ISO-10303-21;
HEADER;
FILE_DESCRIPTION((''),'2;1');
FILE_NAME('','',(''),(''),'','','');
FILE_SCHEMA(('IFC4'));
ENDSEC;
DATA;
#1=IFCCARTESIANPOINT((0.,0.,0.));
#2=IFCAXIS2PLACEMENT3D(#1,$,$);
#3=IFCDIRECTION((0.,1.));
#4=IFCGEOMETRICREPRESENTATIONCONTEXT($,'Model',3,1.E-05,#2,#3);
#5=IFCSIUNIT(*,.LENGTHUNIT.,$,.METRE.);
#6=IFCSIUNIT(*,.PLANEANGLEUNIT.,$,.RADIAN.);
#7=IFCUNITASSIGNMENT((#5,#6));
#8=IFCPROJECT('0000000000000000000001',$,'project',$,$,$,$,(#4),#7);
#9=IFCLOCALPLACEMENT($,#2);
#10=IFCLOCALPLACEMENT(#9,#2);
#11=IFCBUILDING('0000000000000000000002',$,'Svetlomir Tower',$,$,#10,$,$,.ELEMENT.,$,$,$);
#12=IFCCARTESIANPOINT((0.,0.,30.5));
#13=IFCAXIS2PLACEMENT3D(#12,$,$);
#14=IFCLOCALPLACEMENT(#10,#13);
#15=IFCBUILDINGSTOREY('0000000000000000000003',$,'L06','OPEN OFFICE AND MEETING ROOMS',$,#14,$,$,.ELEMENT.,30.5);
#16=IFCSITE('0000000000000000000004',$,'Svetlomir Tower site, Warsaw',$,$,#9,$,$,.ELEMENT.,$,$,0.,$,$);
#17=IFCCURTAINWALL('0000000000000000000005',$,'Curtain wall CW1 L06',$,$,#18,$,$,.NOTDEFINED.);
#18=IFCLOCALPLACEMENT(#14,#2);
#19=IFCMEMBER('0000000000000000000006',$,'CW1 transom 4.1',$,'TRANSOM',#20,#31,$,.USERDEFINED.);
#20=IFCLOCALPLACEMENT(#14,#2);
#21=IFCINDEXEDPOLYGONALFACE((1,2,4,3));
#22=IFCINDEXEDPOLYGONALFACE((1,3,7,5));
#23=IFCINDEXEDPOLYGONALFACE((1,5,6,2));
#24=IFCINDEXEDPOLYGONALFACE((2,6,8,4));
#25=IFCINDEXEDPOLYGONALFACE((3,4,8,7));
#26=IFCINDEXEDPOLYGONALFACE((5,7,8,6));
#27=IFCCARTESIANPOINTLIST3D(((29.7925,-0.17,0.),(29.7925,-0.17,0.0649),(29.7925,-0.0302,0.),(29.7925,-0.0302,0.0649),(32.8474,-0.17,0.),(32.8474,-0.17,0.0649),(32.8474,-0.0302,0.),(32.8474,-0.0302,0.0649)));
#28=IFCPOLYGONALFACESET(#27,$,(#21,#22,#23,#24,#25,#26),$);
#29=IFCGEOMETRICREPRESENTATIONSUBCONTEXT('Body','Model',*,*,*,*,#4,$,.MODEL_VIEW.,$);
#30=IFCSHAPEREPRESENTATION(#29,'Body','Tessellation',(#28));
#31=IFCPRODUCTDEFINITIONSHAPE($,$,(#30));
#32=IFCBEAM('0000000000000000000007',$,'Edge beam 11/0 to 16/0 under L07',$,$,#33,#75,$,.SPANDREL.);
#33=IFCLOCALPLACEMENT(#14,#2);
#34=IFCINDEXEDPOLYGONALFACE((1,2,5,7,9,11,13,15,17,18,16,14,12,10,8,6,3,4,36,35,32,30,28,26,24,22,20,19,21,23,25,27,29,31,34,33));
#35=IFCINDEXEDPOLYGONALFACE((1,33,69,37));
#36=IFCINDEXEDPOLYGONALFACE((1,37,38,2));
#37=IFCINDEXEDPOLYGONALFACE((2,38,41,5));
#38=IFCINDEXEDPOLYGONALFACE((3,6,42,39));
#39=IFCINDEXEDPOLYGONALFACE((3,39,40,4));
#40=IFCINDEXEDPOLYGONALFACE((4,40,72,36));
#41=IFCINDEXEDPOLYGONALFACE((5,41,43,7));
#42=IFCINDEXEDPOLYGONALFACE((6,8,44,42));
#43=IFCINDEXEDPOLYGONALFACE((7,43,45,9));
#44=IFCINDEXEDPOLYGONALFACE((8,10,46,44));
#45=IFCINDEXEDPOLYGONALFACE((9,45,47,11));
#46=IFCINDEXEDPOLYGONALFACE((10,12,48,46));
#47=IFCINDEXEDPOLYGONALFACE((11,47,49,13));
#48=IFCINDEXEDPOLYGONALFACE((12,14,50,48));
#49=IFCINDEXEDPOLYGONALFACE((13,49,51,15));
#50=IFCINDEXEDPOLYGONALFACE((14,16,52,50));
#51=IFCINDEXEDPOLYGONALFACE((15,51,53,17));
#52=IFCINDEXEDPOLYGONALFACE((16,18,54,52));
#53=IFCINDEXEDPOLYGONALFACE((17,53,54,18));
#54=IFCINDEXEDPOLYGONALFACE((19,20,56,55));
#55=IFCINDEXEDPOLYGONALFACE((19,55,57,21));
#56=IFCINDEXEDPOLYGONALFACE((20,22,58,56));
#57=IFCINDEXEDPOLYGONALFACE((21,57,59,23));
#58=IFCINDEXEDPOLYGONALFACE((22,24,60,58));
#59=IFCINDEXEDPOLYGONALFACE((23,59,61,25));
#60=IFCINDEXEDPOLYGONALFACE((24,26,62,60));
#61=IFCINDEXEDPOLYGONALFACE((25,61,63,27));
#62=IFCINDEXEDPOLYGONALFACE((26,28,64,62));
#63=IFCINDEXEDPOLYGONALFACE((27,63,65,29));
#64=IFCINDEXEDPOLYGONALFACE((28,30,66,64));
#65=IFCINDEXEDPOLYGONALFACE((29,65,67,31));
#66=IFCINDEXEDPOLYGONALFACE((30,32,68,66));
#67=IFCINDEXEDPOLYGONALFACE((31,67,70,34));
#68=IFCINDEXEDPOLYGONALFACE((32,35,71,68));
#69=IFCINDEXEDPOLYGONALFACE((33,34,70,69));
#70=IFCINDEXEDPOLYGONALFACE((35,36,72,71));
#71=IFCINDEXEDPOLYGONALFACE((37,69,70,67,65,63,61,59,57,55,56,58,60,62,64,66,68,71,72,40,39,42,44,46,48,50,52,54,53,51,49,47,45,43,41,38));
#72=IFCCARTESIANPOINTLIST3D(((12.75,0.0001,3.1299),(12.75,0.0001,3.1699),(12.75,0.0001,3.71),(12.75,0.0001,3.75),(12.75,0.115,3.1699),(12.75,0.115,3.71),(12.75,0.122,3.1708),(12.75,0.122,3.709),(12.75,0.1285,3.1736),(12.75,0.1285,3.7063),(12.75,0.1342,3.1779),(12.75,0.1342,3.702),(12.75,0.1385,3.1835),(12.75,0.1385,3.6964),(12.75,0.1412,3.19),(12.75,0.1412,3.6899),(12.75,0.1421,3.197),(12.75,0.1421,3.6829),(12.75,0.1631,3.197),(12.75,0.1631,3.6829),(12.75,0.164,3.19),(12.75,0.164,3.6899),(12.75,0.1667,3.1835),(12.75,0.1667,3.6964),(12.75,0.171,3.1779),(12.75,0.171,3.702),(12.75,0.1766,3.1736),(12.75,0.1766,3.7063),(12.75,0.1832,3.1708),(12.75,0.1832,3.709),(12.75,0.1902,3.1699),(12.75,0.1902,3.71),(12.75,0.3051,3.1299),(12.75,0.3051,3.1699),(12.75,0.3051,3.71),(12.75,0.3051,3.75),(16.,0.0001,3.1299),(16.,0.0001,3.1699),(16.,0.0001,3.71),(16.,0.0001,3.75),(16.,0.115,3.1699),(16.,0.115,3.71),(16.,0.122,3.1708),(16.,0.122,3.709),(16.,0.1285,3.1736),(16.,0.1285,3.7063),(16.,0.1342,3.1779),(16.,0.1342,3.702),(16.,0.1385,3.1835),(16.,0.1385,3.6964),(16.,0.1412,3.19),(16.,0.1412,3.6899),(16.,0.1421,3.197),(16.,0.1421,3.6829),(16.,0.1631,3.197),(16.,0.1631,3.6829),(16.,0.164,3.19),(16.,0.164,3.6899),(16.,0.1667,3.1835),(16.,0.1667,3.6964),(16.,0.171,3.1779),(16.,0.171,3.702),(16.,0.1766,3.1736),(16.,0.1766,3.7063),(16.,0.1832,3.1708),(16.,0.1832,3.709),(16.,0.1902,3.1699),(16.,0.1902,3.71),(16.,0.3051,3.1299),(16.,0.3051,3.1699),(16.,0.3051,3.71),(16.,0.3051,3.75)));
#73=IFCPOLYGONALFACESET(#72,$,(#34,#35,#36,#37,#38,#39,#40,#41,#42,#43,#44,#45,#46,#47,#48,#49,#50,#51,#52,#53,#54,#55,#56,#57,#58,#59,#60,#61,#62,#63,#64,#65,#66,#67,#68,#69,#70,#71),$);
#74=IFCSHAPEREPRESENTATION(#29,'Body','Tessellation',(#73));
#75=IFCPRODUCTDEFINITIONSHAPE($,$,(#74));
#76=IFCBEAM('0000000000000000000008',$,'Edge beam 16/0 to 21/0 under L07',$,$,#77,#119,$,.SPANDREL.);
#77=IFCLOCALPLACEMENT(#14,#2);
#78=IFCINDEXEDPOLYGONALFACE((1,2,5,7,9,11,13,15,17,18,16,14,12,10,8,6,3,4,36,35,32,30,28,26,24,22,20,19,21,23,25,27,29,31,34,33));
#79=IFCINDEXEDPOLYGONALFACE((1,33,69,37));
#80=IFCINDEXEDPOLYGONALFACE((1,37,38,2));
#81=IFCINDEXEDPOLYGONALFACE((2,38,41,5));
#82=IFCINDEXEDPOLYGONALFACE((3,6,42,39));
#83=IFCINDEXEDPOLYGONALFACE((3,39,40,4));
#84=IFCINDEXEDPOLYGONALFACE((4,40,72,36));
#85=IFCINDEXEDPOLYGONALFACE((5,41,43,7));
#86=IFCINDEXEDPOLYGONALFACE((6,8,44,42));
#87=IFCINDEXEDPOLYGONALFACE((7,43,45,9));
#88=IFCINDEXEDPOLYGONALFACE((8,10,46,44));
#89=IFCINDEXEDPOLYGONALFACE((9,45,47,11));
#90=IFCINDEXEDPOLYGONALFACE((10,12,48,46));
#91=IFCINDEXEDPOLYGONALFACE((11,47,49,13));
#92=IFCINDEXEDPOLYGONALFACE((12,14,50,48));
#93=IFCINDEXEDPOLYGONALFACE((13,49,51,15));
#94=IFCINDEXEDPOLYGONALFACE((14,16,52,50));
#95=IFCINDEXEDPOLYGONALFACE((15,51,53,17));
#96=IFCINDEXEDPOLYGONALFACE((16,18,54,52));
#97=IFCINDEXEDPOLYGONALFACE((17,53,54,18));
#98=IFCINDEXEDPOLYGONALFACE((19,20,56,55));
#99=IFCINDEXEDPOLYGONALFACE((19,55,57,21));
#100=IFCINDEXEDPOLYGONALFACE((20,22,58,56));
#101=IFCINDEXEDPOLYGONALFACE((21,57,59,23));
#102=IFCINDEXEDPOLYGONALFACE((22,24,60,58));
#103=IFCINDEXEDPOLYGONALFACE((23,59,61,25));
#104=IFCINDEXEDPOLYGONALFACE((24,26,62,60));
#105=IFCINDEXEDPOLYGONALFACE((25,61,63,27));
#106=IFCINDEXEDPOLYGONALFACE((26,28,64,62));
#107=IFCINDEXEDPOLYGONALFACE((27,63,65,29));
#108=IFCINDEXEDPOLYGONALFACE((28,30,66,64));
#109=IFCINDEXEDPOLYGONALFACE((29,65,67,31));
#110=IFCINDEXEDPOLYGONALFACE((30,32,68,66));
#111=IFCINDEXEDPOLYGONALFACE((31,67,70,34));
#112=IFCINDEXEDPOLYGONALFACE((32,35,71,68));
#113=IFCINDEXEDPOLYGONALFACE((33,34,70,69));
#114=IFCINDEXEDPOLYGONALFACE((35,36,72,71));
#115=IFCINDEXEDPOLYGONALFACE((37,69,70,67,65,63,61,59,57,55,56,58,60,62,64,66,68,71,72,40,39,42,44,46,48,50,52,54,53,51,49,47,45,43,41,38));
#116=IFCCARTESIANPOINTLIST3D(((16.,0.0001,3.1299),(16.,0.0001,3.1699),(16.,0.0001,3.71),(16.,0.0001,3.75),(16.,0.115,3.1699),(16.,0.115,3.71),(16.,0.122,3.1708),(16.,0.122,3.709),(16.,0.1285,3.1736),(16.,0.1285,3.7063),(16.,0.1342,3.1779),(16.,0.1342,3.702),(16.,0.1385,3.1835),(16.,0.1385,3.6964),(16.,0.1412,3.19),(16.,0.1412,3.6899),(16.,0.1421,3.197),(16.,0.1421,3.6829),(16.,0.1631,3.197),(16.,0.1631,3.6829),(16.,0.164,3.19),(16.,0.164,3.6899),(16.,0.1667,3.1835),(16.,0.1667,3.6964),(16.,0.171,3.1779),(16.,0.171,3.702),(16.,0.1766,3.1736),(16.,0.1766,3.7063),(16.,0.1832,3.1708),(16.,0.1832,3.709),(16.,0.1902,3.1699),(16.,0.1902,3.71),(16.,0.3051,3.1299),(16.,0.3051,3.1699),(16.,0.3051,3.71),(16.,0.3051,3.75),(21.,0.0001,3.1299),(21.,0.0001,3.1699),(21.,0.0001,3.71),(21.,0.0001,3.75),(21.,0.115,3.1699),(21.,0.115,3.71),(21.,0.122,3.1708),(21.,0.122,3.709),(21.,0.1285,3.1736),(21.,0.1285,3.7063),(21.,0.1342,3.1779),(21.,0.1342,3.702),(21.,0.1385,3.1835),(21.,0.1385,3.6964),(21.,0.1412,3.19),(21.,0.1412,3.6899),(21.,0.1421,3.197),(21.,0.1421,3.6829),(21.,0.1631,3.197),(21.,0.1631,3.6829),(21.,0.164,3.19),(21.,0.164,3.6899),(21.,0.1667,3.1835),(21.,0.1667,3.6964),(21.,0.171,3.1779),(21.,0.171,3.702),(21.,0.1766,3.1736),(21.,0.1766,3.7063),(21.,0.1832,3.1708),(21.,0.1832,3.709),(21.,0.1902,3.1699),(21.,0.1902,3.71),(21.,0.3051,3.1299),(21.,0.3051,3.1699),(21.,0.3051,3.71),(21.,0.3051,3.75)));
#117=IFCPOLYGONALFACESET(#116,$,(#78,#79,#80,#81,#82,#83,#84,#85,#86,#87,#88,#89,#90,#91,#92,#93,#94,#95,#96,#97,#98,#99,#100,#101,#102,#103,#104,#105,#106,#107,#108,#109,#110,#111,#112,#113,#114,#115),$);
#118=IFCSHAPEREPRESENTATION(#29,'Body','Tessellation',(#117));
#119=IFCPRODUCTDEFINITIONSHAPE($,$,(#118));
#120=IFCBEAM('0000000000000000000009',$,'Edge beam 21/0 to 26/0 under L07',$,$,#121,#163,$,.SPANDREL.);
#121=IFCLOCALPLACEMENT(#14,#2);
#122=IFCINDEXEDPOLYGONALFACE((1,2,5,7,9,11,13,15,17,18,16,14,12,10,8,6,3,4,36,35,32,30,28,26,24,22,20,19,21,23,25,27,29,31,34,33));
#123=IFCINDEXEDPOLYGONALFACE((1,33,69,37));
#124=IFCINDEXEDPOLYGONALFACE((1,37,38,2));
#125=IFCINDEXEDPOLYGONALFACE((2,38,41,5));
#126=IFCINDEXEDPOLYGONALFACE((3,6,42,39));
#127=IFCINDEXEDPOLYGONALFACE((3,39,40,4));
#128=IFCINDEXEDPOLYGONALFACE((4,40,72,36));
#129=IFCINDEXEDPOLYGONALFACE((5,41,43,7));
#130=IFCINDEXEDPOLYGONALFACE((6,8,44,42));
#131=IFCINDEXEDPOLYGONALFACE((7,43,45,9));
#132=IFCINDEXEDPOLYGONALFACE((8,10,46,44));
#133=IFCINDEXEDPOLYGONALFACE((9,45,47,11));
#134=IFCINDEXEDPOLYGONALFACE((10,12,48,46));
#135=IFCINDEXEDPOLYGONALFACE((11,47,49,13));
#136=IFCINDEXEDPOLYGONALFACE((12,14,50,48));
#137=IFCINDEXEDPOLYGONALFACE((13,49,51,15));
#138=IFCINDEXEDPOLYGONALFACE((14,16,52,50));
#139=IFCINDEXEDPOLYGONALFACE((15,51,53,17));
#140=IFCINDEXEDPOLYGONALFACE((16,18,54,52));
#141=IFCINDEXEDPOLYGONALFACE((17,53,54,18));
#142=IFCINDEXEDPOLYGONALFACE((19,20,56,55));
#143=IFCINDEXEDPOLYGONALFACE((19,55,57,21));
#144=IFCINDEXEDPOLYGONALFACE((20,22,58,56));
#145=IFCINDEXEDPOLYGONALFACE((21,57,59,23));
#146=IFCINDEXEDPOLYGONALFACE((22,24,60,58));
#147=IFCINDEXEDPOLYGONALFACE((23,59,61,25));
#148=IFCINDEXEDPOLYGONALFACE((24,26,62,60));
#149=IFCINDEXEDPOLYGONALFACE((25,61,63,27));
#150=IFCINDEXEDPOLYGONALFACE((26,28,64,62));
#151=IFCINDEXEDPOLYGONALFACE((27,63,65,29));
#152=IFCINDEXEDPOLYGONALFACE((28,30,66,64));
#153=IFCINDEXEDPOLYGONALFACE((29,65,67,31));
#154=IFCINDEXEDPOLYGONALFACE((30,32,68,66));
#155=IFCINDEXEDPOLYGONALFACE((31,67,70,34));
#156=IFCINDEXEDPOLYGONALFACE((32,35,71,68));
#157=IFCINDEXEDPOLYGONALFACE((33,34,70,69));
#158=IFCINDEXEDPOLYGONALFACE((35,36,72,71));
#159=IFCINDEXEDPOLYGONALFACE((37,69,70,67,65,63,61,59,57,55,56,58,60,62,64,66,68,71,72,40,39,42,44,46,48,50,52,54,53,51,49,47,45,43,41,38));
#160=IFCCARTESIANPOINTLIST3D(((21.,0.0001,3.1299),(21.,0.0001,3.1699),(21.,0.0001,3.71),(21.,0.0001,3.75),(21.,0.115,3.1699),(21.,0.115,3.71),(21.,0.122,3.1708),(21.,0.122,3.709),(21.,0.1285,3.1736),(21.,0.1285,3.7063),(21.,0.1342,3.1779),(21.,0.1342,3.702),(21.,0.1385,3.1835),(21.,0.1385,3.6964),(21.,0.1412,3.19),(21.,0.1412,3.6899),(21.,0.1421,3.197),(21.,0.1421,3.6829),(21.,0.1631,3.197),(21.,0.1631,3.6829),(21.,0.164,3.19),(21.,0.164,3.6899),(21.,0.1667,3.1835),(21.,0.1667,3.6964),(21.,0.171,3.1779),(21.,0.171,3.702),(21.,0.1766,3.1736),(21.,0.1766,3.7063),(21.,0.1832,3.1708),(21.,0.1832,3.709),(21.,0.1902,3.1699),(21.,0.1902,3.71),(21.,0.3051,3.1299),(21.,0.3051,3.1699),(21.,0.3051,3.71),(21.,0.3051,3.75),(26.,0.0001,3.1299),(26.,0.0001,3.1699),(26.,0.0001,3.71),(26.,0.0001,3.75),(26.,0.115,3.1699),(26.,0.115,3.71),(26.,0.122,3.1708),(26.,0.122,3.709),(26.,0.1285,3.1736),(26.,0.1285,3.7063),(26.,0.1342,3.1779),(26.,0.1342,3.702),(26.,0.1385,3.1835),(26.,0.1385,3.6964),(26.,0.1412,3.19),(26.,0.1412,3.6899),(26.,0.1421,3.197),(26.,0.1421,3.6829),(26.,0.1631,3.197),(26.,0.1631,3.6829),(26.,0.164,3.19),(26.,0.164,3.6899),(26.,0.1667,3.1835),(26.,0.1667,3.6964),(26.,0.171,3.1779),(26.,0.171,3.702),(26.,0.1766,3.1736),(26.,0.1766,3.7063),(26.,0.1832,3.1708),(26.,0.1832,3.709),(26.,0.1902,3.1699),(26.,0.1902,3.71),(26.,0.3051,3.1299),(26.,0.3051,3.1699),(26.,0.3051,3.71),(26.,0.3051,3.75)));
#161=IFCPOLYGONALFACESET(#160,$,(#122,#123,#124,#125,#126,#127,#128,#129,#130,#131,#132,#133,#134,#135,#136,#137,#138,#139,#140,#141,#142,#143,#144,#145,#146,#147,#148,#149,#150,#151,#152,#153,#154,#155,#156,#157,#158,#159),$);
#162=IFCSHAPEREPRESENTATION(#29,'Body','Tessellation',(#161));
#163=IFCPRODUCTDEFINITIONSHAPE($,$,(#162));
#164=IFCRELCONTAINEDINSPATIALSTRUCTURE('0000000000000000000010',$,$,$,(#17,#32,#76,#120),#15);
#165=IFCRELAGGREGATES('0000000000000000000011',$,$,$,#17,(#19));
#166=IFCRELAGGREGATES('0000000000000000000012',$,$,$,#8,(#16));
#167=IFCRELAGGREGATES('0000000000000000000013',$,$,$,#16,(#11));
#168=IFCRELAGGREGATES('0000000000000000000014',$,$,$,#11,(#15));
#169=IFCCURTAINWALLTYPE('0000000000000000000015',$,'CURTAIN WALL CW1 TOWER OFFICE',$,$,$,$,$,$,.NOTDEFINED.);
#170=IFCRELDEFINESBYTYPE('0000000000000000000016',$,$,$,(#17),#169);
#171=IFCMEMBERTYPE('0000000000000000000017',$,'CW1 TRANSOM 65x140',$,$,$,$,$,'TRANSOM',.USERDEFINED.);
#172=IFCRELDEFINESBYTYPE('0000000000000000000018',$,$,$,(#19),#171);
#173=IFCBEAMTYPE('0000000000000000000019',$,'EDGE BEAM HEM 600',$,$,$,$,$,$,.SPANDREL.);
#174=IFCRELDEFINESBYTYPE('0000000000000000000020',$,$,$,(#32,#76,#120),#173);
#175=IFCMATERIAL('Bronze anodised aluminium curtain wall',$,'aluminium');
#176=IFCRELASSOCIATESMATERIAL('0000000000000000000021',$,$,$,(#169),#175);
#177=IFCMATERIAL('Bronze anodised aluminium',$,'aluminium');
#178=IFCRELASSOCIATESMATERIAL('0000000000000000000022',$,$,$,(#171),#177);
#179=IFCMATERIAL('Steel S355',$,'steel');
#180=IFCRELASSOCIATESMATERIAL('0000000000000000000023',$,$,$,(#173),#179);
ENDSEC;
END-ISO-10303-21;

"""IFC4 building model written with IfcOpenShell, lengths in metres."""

from ifc_helpers import new_model, si_unit, direction, frame, origin, origin_2d, place, context, subcontext, project, spatial, rectangle, i_section, extrude, material, material_profile, profile_set, type_object, element, aggregate, save


model = new_model("IFC4")

# Units and contexts
model_context = context("Model", 3, precision=1e-05, world=origin(), true_north=direction((0.0, 1.0)))
body_context = subcontext(model_context, "Body", "Model", "MODEL_VIEW")
ifc_project = project(units=[si_unit("LENGTHUNIT", "METRE"), si_unit("PLANEANGLEUNIT", "RADIAN")], contexts=[model_context])

# Site, building, storey
site_placement = place(None, origin())
site = spatial("IfcSite", under=ifc_project, at=site_placement, Name="Svetlomir Tower site, Warsaw", CompositionType="ELEMENT", RefElevation=0.0)
building_placement = place(site_placement, origin())
building = spatial("IfcBuilding", under=site, at=building_placement, Name="Svetlomir Tower", CompositionType="ELEMENT")
storey_placement = place(building_placement, frame((0.0, 0.0, 30.5)))
storey = spatial("IfcBuildingStorey", under=building, at=storey_placement, Name="L06", Description="OPEN OFFICE AND MEETING ROOMS", CompositionType="ELEMENT", Elevation=30.5)

# Curtain wall
ifc_material_1 = material(Name="Bronze anodised aluminium curtain wall", Category="aluminium")
curtain_wall_type = type_object("IfcCurtainWallType", Name="CURTAIN WALL CW1 TOWER OFFICE", PredefinedType="NOTDEFINED", material=ifc_material_1)
curtain_wall_1_placement = place(storey_placement, origin())
curtain_wall_1 = element("IfcCurtainWall", 1, at=curtain_wall_1_placement, inside=storey, type_object=curtain_wall_type, Name="Curtain wall CW1 L06", PredefinedType="NOTDEFINED")

# Member
ifc_material_2 = material(Name="Bronze anodised aluminium", Category="aluminium")
ifc_material_profile_1 = material_profile(ifc_material_2, rectangle(XDim=0.1399, YDim=0.0649, at=origin_2d()), Name="AL 140x65")
ifc_profile_set_1 = profile_set([ifc_material_profile_1], Name="Bronze anodised aluminium 6063-T6")
member_type_1 = type_object("IfcMemberType", Name="CW1 TRANSOM 65x140", ElementType="TRANSOM", PredefinedType="USERDEFINED", material=ifc_profile_set_1)
member_1_placement = place(storey_placement, frame((29.7925, -0.1001, 0.0325), z_axis=(1.0, 0.0, 0.0), x_axis=(0.0, 1.0, 0.0)))
member_1 = element("IfcMember", 2, at=member_1_placement, type_object=member_type_1, Name="CW1 transom 4.1", ObjectType="TRANSOM", PredefinedType="USERDEFINED", context=body_context, shape_type="SweptSolid", body=[
    extrude(rectangle(XDim=0.1399, YDim=0.0649, at=origin_2d()), origin(), (0.0, 0.0, 1.0), 3.0549),
])

# Beams
ifc_material_3 = material(Name="Steel S355", Category="steel")
ifc_material_profile_2 = material_profile(ifc_material_3, i_section(OverallWidth=0.3049, OverallDepth=0.6201, WebThickness=0.021, FlangeThickness=0.04, FilletRadius=0.0271, at=origin_2d()), Name="HEM 600")
ifc_profile_set_2 = profile_set([ifc_material_profile_2], Name="Steel S355")
beam_type_1 = type_object("IfcBeamType", Name="EDGE BEAM HEM 600", PredefinedType="SPANDREL", material=ifc_profile_set_2)
beam_1_placement = place(storey_placement, frame((12.75, 0.1526, 3.4399), z_axis=(1.0, 0.0, 0.0), x_axis=(0.0, 1.0, 0.0)))
element("IfcBeam", 3, at=beam_1_placement, inside=storey, type_object=beam_type_1, Name="Edge beam 11/0 to 16/0 under L07", PredefinedType="SPANDREL", context=body_context, shape_type="SweptSolid", body=[
    extrude(i_section(OverallWidth=0.3049, OverallDepth=0.6201, WebThickness=0.021, FlangeThickness=0.04, FilletRadius=0.0271, at=origin_2d()), origin(), (0.0, 0.0, 1.0), 3.25),
])
for number, where, z_axis, x_axis, name in (
    (4, (16.0, 0.1526, 3.4399), (1.0, 0.0, 0.0), (0.0, 1.0, 0.0), "Edge beam 16/0 to 21/0 under L07"),
    (5, (21.0, 0.1526, 3.4399), (1.0, 0.0, 0.0), (0.0, 1.0, 0.0), "Edge beam 21/0 to 26/0 under L07"),
):
    element("IfcBeam", number, at=place(storey_placement, frame(where, z_axis=z_axis, x_axis=x_axis)), inside=storey, type_object=beam_type_1, Name=name, PredefinedType="SPANDREL", context=body_context, shape_type="SweptSolid", body=[
        extrude(i_section(OverallWidth=0.3049, OverallDepth=0.6201, WebThickness=0.021, FlangeThickness=0.04, FilletRadius=0.0271, at=origin_2d()), origin(), (0.0, 0.0, 1.0), 5.0),
    ])

aggregate(curtain_wall_1, [member_1])

save(model, "model.ifc")
